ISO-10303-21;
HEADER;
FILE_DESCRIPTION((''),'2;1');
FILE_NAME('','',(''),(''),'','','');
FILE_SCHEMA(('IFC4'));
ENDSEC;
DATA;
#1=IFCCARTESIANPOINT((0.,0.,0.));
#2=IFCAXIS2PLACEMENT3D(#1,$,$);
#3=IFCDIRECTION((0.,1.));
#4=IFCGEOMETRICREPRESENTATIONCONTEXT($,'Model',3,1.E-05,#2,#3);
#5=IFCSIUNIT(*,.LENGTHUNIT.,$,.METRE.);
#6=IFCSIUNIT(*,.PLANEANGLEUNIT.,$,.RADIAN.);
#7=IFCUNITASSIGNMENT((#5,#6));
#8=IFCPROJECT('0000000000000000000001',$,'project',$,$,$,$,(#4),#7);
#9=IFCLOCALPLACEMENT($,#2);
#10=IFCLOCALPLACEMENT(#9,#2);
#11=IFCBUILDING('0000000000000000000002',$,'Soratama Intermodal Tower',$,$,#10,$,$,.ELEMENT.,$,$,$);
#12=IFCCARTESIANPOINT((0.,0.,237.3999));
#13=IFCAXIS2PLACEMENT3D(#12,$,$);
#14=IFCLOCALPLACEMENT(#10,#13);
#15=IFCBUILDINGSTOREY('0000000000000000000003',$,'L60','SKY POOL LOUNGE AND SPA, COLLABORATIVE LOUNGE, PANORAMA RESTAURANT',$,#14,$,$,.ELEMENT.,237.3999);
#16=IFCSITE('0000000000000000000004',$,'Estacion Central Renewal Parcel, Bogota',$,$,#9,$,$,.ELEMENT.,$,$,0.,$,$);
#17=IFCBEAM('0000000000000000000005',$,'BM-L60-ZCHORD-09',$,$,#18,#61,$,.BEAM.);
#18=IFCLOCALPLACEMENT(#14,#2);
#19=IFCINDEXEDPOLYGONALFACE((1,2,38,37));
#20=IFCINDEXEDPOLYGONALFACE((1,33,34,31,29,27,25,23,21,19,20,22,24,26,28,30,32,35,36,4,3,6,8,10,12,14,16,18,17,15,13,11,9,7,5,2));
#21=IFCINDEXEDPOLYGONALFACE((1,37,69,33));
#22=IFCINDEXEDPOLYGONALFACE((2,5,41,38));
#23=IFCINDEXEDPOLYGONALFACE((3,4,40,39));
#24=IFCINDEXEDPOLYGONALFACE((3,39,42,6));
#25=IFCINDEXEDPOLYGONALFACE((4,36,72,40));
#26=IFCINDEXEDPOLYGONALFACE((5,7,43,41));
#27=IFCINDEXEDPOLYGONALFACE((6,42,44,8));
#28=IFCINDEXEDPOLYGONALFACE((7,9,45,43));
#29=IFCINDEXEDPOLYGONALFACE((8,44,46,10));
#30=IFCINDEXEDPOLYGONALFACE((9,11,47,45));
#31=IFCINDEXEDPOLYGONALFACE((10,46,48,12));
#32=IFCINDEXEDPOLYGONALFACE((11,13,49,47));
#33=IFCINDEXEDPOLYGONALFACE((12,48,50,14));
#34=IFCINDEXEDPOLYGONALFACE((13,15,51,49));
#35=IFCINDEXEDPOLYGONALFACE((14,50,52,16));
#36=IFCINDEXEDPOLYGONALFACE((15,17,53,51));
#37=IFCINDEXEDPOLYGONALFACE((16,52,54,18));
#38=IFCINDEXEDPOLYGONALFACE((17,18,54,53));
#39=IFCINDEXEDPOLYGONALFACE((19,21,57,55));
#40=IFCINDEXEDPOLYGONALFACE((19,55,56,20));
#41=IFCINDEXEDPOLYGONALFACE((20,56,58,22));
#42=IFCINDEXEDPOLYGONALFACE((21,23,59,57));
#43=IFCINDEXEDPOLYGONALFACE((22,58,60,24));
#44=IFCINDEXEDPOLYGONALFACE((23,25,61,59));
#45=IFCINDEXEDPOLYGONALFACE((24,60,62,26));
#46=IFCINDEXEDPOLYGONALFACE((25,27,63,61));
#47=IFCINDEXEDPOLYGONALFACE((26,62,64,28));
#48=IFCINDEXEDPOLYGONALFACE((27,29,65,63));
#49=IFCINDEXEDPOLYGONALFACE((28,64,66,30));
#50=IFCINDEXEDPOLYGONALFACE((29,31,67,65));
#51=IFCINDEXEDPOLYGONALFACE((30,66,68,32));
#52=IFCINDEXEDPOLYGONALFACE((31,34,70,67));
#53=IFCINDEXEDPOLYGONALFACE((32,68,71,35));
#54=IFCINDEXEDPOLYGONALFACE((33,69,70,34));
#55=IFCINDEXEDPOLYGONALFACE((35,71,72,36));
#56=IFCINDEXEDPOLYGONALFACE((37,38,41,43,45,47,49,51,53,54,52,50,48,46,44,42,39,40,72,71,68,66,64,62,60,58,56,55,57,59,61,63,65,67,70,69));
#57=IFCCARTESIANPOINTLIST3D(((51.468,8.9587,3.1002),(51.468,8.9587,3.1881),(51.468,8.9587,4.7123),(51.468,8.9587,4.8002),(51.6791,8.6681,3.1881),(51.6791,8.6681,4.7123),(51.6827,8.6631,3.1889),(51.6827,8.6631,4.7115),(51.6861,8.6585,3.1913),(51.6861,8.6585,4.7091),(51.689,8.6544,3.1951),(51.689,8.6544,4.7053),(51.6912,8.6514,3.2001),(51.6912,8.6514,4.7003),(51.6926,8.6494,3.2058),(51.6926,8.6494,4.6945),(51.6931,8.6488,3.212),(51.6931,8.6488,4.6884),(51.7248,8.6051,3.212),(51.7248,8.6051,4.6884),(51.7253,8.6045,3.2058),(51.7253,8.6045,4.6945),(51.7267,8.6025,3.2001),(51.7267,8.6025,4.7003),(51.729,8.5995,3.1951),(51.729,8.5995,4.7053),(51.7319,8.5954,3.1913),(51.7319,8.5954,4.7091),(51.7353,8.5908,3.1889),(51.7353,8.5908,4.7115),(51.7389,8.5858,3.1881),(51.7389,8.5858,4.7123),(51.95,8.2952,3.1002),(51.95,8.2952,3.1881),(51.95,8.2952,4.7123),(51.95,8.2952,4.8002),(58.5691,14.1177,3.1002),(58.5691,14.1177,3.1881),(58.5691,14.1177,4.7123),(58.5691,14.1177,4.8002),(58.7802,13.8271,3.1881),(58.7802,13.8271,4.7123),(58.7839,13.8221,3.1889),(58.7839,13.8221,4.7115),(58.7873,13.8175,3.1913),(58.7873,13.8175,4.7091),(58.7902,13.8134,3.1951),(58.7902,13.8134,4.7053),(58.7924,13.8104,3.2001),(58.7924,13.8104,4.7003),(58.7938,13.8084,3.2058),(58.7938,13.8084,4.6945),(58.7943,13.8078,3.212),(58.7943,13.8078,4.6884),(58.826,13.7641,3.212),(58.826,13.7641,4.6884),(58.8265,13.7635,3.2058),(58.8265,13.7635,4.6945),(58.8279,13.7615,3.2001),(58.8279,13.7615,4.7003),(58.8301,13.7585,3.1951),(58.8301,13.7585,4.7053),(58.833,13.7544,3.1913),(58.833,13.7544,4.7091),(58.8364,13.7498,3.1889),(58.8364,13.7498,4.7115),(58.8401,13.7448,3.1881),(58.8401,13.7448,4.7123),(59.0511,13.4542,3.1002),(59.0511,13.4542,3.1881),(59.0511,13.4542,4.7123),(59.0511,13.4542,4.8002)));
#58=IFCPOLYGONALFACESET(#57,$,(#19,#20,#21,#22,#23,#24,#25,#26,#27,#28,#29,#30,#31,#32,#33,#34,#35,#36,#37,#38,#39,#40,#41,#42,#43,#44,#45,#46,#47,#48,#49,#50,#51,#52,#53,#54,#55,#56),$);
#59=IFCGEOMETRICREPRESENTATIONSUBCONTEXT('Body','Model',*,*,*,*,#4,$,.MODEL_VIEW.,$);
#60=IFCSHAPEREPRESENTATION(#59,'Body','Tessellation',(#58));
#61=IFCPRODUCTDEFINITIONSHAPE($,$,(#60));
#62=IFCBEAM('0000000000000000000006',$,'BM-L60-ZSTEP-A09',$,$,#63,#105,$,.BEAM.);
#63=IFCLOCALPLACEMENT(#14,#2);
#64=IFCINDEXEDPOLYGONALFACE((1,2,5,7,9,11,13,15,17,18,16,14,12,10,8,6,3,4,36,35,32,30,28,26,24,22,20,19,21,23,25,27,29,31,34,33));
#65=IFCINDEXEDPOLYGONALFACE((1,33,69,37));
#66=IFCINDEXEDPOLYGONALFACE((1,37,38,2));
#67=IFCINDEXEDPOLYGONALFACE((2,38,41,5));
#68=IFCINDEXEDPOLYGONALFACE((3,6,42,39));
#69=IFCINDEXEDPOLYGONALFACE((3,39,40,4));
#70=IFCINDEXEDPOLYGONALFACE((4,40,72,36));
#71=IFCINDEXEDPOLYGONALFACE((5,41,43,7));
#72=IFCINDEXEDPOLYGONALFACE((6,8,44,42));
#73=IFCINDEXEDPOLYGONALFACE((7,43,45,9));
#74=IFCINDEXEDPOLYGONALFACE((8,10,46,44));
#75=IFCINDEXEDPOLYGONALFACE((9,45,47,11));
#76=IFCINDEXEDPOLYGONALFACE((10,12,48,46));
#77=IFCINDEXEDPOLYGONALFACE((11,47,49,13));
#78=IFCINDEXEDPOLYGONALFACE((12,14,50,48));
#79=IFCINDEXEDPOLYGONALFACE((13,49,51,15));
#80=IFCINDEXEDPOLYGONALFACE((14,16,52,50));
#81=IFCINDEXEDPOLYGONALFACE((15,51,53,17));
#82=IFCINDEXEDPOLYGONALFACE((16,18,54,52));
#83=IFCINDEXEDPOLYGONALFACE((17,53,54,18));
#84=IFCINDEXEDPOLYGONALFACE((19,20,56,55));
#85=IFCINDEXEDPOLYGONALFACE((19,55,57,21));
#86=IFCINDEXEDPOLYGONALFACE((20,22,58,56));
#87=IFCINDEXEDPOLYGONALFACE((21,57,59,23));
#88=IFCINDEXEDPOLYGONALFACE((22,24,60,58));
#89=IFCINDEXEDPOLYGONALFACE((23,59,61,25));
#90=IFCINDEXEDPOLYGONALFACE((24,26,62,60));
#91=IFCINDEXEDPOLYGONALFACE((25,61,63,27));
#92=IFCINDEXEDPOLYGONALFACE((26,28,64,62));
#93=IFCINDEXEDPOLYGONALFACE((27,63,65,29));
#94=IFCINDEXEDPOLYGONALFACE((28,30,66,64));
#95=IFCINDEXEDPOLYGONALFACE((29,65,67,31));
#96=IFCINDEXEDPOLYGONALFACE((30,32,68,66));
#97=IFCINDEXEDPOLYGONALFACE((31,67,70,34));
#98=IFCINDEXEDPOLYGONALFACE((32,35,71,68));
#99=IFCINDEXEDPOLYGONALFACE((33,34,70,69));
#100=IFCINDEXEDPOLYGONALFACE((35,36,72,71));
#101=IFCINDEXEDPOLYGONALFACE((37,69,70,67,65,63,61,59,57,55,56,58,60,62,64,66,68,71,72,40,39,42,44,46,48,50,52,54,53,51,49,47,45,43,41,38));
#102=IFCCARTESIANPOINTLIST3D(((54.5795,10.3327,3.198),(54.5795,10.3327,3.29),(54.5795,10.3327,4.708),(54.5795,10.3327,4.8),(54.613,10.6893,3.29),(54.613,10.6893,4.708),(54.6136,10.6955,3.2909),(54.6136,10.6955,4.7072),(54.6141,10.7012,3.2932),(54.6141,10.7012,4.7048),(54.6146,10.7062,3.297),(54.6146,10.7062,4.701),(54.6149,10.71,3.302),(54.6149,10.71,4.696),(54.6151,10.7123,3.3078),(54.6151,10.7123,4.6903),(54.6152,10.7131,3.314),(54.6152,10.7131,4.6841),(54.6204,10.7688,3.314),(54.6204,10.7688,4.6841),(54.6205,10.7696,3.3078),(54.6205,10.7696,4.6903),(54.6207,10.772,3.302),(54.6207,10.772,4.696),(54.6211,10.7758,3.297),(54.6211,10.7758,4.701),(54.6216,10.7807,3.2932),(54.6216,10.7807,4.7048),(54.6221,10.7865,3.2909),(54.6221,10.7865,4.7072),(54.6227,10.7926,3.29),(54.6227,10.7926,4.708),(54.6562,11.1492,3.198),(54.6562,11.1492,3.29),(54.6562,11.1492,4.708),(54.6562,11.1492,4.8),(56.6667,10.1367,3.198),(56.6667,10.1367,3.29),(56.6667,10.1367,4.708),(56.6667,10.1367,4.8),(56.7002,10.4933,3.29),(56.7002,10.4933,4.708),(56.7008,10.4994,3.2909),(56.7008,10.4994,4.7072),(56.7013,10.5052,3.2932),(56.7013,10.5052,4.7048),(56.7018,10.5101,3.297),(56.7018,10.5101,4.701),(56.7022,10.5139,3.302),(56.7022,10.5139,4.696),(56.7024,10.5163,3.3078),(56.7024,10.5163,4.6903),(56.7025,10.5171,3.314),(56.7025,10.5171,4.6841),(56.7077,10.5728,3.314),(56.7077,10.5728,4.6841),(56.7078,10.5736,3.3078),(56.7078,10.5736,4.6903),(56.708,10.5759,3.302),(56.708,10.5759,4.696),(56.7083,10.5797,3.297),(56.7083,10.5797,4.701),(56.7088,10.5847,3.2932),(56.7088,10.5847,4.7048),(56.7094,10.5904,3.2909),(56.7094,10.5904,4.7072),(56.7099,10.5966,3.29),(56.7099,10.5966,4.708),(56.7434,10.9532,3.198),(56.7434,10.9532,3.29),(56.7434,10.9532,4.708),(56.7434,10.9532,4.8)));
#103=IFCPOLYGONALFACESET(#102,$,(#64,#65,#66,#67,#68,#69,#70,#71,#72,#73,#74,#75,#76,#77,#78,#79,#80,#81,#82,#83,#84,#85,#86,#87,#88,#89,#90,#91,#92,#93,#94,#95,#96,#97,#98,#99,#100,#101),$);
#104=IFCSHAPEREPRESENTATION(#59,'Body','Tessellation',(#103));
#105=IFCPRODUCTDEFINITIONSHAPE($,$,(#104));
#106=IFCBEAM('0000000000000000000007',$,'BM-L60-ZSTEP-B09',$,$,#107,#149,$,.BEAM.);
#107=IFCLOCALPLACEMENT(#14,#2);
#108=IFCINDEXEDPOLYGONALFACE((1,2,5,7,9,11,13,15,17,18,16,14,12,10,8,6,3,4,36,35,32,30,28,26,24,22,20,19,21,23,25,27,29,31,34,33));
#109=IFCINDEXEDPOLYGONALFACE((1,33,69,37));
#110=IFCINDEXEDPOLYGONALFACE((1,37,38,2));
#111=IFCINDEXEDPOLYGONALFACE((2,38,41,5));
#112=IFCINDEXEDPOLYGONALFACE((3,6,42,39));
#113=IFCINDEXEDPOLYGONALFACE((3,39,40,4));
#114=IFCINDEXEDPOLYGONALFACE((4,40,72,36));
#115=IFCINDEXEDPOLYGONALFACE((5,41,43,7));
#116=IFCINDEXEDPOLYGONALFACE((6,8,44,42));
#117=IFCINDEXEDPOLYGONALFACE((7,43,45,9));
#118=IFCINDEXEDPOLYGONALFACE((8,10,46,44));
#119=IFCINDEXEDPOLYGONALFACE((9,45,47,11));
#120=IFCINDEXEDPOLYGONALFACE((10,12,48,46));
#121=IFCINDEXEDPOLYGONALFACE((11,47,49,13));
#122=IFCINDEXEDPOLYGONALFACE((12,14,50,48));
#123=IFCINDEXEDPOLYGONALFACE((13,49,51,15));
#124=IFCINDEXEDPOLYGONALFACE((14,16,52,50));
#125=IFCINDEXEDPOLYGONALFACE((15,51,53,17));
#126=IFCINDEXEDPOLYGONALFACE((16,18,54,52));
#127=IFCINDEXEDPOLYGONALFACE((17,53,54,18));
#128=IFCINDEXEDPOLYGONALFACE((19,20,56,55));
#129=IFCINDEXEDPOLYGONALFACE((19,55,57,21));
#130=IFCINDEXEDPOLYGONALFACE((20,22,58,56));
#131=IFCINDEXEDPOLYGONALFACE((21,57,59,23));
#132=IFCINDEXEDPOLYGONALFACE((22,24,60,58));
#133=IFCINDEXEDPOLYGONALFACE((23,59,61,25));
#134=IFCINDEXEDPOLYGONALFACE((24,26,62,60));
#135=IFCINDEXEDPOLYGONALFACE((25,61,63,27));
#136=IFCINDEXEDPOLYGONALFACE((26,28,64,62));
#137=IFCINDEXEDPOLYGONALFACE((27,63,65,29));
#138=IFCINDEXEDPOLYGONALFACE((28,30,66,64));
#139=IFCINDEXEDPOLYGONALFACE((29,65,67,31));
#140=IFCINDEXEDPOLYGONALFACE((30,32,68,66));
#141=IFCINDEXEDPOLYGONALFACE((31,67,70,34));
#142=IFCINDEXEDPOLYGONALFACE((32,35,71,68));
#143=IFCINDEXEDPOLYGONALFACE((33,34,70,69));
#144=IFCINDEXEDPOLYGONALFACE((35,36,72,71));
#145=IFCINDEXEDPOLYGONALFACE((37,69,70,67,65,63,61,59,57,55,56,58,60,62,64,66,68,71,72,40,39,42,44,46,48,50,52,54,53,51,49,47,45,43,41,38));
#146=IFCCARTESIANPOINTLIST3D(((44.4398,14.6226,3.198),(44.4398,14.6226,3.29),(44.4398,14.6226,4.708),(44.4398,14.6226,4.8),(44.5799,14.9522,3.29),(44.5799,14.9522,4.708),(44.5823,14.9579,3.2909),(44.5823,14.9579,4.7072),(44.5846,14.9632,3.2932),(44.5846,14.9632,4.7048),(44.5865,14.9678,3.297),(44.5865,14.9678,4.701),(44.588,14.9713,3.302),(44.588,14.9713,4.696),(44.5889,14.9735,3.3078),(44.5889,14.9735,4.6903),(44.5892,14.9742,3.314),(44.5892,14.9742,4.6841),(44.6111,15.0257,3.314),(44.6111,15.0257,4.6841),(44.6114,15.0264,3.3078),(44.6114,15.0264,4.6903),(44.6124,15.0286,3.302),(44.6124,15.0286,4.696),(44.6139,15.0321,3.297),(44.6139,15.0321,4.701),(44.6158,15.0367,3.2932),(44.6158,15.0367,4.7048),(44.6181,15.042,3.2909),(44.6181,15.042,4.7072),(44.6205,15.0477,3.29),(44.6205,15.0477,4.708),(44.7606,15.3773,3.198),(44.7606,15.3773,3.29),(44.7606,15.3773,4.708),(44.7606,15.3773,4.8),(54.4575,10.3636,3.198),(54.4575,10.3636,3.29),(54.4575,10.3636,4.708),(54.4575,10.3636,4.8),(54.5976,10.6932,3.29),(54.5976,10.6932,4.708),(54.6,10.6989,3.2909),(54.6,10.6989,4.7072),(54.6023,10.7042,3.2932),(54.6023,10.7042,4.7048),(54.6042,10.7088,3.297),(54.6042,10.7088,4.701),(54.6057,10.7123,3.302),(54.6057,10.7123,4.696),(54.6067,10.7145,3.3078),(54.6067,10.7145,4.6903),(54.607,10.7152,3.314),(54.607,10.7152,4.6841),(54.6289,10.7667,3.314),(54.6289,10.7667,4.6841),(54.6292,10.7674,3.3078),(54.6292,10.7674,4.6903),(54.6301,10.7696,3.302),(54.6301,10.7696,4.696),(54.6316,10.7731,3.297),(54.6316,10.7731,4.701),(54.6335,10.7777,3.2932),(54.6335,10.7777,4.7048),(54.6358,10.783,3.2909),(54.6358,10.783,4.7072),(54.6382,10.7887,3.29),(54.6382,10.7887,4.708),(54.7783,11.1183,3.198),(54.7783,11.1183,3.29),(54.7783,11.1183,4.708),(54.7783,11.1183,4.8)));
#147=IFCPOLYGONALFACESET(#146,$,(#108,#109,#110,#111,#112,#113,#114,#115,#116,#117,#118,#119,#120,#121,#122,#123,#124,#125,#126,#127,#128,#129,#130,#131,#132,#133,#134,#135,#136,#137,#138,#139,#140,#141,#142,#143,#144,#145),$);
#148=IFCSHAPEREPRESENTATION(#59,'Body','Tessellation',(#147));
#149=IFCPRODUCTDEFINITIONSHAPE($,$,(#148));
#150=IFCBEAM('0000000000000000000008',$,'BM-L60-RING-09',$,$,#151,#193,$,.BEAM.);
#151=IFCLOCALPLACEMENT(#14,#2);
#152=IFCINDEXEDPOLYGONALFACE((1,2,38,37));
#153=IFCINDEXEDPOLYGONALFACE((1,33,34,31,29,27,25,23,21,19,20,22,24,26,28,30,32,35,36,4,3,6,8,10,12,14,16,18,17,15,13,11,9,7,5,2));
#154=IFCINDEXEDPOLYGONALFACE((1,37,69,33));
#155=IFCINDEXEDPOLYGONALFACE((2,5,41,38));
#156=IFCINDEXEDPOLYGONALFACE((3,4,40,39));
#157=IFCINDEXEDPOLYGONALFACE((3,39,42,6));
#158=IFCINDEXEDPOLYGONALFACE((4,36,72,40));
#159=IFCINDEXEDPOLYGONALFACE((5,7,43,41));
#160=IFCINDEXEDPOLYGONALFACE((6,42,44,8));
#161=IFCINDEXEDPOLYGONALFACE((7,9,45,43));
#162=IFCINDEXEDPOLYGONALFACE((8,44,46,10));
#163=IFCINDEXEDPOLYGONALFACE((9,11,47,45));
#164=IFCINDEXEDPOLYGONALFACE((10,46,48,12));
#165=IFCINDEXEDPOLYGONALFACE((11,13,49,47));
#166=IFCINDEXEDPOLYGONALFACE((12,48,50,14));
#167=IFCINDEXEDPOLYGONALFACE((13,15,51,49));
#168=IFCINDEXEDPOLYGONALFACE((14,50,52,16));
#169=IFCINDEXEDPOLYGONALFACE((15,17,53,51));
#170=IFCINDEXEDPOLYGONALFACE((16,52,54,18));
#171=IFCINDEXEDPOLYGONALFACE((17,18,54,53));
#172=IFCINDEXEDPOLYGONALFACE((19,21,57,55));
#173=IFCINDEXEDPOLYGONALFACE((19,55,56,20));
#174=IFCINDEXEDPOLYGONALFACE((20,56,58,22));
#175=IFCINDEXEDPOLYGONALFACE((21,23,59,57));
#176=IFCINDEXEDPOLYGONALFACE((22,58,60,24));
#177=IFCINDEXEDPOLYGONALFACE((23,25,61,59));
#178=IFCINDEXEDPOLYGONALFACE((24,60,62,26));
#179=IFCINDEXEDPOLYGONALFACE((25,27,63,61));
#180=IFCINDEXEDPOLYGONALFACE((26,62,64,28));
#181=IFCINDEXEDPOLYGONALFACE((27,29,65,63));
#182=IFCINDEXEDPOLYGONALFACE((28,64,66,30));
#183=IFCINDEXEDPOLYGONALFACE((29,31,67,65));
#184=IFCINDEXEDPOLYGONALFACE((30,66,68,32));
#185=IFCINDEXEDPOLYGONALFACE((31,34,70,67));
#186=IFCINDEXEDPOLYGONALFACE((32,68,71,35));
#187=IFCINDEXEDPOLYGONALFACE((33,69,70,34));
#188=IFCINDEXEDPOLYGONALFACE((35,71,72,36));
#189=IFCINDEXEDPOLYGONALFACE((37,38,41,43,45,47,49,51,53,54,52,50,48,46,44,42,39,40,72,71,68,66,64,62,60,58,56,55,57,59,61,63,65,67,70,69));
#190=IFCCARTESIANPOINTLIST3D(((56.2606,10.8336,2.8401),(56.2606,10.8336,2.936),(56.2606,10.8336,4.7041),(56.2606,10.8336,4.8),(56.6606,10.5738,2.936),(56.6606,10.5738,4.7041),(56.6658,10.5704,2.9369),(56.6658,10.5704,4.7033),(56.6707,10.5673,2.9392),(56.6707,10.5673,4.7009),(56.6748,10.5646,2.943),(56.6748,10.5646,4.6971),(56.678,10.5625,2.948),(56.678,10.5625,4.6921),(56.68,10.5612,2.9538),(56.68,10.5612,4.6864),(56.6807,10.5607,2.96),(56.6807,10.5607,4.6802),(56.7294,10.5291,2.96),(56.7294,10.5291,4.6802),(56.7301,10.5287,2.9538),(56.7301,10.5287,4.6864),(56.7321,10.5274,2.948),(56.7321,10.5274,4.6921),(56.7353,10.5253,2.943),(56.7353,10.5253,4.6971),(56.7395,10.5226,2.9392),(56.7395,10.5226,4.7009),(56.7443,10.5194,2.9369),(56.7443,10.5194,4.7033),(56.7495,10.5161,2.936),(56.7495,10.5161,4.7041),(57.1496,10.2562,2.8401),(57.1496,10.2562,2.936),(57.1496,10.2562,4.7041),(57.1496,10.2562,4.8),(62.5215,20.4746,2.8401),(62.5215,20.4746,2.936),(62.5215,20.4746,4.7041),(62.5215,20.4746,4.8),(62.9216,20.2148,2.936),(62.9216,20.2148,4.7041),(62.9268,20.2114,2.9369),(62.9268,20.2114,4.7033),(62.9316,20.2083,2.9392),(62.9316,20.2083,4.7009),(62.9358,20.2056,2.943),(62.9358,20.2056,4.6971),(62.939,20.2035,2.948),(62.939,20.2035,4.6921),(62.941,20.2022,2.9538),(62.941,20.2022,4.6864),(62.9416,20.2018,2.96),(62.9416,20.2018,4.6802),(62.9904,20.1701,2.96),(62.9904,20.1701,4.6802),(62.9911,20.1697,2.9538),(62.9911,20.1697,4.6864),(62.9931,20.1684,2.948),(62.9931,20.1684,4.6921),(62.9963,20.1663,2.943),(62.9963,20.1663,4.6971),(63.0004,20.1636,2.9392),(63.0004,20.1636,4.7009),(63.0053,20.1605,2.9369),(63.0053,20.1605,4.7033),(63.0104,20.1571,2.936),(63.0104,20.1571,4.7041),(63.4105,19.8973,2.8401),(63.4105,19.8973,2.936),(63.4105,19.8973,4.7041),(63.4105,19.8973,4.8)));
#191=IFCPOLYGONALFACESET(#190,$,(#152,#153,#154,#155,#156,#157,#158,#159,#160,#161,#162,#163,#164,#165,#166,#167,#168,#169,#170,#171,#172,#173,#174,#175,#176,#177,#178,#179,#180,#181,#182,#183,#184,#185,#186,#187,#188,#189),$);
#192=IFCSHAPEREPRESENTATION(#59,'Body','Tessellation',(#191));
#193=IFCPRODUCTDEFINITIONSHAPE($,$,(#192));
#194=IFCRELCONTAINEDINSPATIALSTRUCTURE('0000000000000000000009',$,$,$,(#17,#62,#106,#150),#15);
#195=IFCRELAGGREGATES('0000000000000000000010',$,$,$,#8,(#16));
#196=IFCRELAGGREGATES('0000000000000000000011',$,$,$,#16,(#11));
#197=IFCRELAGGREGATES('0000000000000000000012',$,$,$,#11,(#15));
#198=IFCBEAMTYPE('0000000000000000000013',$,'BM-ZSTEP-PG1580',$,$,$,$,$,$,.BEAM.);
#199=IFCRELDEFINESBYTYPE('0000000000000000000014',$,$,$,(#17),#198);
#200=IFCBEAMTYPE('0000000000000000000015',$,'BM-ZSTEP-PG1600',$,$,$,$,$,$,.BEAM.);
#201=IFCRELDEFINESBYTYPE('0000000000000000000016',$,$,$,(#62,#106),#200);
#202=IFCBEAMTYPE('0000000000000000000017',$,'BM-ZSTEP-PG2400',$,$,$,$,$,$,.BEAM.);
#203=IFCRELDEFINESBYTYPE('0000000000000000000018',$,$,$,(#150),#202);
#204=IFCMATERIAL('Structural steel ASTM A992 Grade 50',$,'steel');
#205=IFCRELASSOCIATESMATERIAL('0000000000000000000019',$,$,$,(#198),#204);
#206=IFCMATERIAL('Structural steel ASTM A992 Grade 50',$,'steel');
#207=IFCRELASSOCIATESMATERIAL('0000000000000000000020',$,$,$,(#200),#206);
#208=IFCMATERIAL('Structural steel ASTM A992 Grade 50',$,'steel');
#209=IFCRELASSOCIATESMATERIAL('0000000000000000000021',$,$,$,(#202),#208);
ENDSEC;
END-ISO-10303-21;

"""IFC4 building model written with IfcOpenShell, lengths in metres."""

from ifc_helpers import new_model, si_unit, direction, frame, origin, origin_2d, place, context, subcontext, project, spatial, i_section, extrude, material, material_profile, profile_set, type_object, element, save


model = new_model("IFC4")

# Units and contexts
model_context = context("Model", 3, precision=1e-05, world=origin(), true_north=direction((0.0, 1.0)))
body_context = subcontext(model_context, "Body", "Model", "MODEL_VIEW")
ifc_project = project(units=[si_unit("LENGTHUNIT", "METRE"), si_unit("PLANEANGLEUNIT", "RADIAN")], contexts=[model_context])

# Site, building, storey
site_placement = place(None, origin())
site = spatial("IfcSite", under=ifc_project, at=site_placement, Name="Estacion Central Renewal Parcel, Bogota", CompositionType="ELEMENT", RefElevation=0.0)
building_placement = place(site_placement, origin())
building = spatial("IfcBuilding", under=site, at=building_placement, Name="Soratama Intermodal Tower", CompositionType="ELEMENT")
storey_placement = place(building_placement, frame((0.0, 0.0, 237.3999)))
storey = spatial("IfcBuildingStorey", under=building, at=storey_placement, Name="L60", Description="SKY POOL LOUNGE AND SPA, COLLABORATIVE LOUNGE, PANORAMA RESTAURANT", CompositionType="ELEMENT", Elevation=237.3999)

# Beams
ifc_material_1 = material(Name="Structural steel ASTM A992 Grade 50", Category="steel")
ifc_material_profile_1 = material_profile(ifc_material_1, i_section(OverallWidth=0.8201, OverallDepth=1.7, WebThickness=0.054, FlangeThickness=0.0879, FilletRadius=0.0239, at=origin_2d()), Name="PG1580X800")
ifc_profile_set_1 = profile_set([ifc_material_profile_1], Name="Structural steel ASTM A992 Grade 50")
beam_type_1 = type_object("IfcBeamType", Name="BM-ZSTEP-PG1580", PredefinedType="BEAM", material=ifc_profile_set_1)
beam_1_placement = place(storey_placement, frame((51.709, 8.627, 3.9502), z_axis=(0.809033, 0.587763, 0.0), x_axis=(-0.587763, 0.809033, 0.0)))
element("IfcBeam", 1, at=beam_1_placement, inside=storey, type_object=beam_type_1, Name="BM-L60-ZCHORD-09", PredefinedType="BEAM", context=body_context, shape_type="SweptSolid", body=[
    extrude(i_section(OverallWidth=0.8201, OverallDepth=1.7, WebThickness=0.054, FlangeThickness=0.0879, FilletRadius=0.0239, at=origin_2d()), origin(), (0.0, 0.0, 1.0), 8.7773),
])
ifc_material_2 = material(Name="Structural steel ASTM A992 Grade 50", Category="steel")
ifc_material_profile_2 = material_profile(ifc_material_2, i_section(OverallWidth=0.8201, OverallDepth=1.6021, WebThickness=0.0559, FlangeThickness=0.092, FilletRadius=0.0239, at=origin_2d()), Name="PG1600X650")
ifc_profile_set_2 = profile_set([ifc_material_profile_2], Name="Structural steel ASTM A992 Grade 50")
beam_type_2 = type_object("IfcBeamType", Name="BM-ZSTEP-PG1600", PredefinedType="BEAM", material=ifc_profile_set_2)
beam_2_placement = place(storey_placement, frame((56.7051, 10.5449, 3.999), z_axis=(-0.995618, 0.093517, 0.0), x_axis=(-0.093517, -0.995618, 0.0)))
element("IfcBeam", 2, at=beam_2_placement, inside=storey, type_object=beam_type_2, Name="BM-L60-ZSTEP-A09", PredefinedType="BEAM", context=body_context, shape_type="SweptSolid", body=[
    extrude(i_section(OverallWidth=0.8201, OverallDepth=1.6021, WebThickness=0.0559, FlangeThickness=0.092, FilletRadius=0.0239, at=origin_2d()), origin(), (0.0, 0.0, 1.0), 2.0964),
])
beam_3_placement = place(storey_placement, frame((54.6179, 10.741, 3.999), z_axis=(-0.920283, 0.391254, 0.0), x_axis=(-0.391254, -0.920283, 0.0)))
element("IfcBeam", 3, at=beam_3_placement, inside=storey, type_object=beam_type_2, Name="BM-L60-ZSTEP-B09", PredefinedType="BEAM", context=body_context, shape_type="SweptSolid", body=[
    extrude(i_section(OverallWidth=0.8201, OverallDepth=1.6021, WebThickness=0.0559, FlangeThickness=0.092, FilletRadius=0.0239, at=origin_2d()), origin(), (0.0, 0.0, 1.0), 10.8855),
])
ifc_material_3 = material(Name="Structural steel ASTM A992 Grade 50", Category="steel")
ifc_material_profile_3 = material_profile(ifc_material_3, i_section(OverallWidth=1.0601, OverallDepth=1.96, WebThickness=0.0581, FlangeThickness=0.0959, FilletRadius=0.0239, at=origin_2d()), Name="PG2400X900")
ifc_profile_set_3 = profile_set([ifc_material_profile_3], Name="Structural steel ASTM A992 Grade 50")
beam_type_3 = type_object("IfcBeamType", Name="BM-ZSTEP-PG2400", PredefinedType="BEAM", material=ifc_profile_set_3)
beam_4_placement = place(storey_placement, frame((56.7051, 10.5449, 3.8201), z_axis=(0.544637, 0.838672, 0.0), x_axis=(-0.838672, 0.544637, 0.0)))
element("IfcBeam", 4, at=beam_4_placement, inside=storey, type_object=beam_type_3, Name="BM-L60-RING-09", PredefinedType="BEAM", context=body_context, shape_type="SweptSolid", body=[
    extrude(i_section(OverallWidth=1.0601, OverallDepth=1.96, WebThickness=0.0581, FlangeThickness=0.0959, FilletRadius=0.0239, at=origin_2d()), origin(), (0.0, 0.0, 1.0), 11.4956),
])

save(model, "model.ifc")
